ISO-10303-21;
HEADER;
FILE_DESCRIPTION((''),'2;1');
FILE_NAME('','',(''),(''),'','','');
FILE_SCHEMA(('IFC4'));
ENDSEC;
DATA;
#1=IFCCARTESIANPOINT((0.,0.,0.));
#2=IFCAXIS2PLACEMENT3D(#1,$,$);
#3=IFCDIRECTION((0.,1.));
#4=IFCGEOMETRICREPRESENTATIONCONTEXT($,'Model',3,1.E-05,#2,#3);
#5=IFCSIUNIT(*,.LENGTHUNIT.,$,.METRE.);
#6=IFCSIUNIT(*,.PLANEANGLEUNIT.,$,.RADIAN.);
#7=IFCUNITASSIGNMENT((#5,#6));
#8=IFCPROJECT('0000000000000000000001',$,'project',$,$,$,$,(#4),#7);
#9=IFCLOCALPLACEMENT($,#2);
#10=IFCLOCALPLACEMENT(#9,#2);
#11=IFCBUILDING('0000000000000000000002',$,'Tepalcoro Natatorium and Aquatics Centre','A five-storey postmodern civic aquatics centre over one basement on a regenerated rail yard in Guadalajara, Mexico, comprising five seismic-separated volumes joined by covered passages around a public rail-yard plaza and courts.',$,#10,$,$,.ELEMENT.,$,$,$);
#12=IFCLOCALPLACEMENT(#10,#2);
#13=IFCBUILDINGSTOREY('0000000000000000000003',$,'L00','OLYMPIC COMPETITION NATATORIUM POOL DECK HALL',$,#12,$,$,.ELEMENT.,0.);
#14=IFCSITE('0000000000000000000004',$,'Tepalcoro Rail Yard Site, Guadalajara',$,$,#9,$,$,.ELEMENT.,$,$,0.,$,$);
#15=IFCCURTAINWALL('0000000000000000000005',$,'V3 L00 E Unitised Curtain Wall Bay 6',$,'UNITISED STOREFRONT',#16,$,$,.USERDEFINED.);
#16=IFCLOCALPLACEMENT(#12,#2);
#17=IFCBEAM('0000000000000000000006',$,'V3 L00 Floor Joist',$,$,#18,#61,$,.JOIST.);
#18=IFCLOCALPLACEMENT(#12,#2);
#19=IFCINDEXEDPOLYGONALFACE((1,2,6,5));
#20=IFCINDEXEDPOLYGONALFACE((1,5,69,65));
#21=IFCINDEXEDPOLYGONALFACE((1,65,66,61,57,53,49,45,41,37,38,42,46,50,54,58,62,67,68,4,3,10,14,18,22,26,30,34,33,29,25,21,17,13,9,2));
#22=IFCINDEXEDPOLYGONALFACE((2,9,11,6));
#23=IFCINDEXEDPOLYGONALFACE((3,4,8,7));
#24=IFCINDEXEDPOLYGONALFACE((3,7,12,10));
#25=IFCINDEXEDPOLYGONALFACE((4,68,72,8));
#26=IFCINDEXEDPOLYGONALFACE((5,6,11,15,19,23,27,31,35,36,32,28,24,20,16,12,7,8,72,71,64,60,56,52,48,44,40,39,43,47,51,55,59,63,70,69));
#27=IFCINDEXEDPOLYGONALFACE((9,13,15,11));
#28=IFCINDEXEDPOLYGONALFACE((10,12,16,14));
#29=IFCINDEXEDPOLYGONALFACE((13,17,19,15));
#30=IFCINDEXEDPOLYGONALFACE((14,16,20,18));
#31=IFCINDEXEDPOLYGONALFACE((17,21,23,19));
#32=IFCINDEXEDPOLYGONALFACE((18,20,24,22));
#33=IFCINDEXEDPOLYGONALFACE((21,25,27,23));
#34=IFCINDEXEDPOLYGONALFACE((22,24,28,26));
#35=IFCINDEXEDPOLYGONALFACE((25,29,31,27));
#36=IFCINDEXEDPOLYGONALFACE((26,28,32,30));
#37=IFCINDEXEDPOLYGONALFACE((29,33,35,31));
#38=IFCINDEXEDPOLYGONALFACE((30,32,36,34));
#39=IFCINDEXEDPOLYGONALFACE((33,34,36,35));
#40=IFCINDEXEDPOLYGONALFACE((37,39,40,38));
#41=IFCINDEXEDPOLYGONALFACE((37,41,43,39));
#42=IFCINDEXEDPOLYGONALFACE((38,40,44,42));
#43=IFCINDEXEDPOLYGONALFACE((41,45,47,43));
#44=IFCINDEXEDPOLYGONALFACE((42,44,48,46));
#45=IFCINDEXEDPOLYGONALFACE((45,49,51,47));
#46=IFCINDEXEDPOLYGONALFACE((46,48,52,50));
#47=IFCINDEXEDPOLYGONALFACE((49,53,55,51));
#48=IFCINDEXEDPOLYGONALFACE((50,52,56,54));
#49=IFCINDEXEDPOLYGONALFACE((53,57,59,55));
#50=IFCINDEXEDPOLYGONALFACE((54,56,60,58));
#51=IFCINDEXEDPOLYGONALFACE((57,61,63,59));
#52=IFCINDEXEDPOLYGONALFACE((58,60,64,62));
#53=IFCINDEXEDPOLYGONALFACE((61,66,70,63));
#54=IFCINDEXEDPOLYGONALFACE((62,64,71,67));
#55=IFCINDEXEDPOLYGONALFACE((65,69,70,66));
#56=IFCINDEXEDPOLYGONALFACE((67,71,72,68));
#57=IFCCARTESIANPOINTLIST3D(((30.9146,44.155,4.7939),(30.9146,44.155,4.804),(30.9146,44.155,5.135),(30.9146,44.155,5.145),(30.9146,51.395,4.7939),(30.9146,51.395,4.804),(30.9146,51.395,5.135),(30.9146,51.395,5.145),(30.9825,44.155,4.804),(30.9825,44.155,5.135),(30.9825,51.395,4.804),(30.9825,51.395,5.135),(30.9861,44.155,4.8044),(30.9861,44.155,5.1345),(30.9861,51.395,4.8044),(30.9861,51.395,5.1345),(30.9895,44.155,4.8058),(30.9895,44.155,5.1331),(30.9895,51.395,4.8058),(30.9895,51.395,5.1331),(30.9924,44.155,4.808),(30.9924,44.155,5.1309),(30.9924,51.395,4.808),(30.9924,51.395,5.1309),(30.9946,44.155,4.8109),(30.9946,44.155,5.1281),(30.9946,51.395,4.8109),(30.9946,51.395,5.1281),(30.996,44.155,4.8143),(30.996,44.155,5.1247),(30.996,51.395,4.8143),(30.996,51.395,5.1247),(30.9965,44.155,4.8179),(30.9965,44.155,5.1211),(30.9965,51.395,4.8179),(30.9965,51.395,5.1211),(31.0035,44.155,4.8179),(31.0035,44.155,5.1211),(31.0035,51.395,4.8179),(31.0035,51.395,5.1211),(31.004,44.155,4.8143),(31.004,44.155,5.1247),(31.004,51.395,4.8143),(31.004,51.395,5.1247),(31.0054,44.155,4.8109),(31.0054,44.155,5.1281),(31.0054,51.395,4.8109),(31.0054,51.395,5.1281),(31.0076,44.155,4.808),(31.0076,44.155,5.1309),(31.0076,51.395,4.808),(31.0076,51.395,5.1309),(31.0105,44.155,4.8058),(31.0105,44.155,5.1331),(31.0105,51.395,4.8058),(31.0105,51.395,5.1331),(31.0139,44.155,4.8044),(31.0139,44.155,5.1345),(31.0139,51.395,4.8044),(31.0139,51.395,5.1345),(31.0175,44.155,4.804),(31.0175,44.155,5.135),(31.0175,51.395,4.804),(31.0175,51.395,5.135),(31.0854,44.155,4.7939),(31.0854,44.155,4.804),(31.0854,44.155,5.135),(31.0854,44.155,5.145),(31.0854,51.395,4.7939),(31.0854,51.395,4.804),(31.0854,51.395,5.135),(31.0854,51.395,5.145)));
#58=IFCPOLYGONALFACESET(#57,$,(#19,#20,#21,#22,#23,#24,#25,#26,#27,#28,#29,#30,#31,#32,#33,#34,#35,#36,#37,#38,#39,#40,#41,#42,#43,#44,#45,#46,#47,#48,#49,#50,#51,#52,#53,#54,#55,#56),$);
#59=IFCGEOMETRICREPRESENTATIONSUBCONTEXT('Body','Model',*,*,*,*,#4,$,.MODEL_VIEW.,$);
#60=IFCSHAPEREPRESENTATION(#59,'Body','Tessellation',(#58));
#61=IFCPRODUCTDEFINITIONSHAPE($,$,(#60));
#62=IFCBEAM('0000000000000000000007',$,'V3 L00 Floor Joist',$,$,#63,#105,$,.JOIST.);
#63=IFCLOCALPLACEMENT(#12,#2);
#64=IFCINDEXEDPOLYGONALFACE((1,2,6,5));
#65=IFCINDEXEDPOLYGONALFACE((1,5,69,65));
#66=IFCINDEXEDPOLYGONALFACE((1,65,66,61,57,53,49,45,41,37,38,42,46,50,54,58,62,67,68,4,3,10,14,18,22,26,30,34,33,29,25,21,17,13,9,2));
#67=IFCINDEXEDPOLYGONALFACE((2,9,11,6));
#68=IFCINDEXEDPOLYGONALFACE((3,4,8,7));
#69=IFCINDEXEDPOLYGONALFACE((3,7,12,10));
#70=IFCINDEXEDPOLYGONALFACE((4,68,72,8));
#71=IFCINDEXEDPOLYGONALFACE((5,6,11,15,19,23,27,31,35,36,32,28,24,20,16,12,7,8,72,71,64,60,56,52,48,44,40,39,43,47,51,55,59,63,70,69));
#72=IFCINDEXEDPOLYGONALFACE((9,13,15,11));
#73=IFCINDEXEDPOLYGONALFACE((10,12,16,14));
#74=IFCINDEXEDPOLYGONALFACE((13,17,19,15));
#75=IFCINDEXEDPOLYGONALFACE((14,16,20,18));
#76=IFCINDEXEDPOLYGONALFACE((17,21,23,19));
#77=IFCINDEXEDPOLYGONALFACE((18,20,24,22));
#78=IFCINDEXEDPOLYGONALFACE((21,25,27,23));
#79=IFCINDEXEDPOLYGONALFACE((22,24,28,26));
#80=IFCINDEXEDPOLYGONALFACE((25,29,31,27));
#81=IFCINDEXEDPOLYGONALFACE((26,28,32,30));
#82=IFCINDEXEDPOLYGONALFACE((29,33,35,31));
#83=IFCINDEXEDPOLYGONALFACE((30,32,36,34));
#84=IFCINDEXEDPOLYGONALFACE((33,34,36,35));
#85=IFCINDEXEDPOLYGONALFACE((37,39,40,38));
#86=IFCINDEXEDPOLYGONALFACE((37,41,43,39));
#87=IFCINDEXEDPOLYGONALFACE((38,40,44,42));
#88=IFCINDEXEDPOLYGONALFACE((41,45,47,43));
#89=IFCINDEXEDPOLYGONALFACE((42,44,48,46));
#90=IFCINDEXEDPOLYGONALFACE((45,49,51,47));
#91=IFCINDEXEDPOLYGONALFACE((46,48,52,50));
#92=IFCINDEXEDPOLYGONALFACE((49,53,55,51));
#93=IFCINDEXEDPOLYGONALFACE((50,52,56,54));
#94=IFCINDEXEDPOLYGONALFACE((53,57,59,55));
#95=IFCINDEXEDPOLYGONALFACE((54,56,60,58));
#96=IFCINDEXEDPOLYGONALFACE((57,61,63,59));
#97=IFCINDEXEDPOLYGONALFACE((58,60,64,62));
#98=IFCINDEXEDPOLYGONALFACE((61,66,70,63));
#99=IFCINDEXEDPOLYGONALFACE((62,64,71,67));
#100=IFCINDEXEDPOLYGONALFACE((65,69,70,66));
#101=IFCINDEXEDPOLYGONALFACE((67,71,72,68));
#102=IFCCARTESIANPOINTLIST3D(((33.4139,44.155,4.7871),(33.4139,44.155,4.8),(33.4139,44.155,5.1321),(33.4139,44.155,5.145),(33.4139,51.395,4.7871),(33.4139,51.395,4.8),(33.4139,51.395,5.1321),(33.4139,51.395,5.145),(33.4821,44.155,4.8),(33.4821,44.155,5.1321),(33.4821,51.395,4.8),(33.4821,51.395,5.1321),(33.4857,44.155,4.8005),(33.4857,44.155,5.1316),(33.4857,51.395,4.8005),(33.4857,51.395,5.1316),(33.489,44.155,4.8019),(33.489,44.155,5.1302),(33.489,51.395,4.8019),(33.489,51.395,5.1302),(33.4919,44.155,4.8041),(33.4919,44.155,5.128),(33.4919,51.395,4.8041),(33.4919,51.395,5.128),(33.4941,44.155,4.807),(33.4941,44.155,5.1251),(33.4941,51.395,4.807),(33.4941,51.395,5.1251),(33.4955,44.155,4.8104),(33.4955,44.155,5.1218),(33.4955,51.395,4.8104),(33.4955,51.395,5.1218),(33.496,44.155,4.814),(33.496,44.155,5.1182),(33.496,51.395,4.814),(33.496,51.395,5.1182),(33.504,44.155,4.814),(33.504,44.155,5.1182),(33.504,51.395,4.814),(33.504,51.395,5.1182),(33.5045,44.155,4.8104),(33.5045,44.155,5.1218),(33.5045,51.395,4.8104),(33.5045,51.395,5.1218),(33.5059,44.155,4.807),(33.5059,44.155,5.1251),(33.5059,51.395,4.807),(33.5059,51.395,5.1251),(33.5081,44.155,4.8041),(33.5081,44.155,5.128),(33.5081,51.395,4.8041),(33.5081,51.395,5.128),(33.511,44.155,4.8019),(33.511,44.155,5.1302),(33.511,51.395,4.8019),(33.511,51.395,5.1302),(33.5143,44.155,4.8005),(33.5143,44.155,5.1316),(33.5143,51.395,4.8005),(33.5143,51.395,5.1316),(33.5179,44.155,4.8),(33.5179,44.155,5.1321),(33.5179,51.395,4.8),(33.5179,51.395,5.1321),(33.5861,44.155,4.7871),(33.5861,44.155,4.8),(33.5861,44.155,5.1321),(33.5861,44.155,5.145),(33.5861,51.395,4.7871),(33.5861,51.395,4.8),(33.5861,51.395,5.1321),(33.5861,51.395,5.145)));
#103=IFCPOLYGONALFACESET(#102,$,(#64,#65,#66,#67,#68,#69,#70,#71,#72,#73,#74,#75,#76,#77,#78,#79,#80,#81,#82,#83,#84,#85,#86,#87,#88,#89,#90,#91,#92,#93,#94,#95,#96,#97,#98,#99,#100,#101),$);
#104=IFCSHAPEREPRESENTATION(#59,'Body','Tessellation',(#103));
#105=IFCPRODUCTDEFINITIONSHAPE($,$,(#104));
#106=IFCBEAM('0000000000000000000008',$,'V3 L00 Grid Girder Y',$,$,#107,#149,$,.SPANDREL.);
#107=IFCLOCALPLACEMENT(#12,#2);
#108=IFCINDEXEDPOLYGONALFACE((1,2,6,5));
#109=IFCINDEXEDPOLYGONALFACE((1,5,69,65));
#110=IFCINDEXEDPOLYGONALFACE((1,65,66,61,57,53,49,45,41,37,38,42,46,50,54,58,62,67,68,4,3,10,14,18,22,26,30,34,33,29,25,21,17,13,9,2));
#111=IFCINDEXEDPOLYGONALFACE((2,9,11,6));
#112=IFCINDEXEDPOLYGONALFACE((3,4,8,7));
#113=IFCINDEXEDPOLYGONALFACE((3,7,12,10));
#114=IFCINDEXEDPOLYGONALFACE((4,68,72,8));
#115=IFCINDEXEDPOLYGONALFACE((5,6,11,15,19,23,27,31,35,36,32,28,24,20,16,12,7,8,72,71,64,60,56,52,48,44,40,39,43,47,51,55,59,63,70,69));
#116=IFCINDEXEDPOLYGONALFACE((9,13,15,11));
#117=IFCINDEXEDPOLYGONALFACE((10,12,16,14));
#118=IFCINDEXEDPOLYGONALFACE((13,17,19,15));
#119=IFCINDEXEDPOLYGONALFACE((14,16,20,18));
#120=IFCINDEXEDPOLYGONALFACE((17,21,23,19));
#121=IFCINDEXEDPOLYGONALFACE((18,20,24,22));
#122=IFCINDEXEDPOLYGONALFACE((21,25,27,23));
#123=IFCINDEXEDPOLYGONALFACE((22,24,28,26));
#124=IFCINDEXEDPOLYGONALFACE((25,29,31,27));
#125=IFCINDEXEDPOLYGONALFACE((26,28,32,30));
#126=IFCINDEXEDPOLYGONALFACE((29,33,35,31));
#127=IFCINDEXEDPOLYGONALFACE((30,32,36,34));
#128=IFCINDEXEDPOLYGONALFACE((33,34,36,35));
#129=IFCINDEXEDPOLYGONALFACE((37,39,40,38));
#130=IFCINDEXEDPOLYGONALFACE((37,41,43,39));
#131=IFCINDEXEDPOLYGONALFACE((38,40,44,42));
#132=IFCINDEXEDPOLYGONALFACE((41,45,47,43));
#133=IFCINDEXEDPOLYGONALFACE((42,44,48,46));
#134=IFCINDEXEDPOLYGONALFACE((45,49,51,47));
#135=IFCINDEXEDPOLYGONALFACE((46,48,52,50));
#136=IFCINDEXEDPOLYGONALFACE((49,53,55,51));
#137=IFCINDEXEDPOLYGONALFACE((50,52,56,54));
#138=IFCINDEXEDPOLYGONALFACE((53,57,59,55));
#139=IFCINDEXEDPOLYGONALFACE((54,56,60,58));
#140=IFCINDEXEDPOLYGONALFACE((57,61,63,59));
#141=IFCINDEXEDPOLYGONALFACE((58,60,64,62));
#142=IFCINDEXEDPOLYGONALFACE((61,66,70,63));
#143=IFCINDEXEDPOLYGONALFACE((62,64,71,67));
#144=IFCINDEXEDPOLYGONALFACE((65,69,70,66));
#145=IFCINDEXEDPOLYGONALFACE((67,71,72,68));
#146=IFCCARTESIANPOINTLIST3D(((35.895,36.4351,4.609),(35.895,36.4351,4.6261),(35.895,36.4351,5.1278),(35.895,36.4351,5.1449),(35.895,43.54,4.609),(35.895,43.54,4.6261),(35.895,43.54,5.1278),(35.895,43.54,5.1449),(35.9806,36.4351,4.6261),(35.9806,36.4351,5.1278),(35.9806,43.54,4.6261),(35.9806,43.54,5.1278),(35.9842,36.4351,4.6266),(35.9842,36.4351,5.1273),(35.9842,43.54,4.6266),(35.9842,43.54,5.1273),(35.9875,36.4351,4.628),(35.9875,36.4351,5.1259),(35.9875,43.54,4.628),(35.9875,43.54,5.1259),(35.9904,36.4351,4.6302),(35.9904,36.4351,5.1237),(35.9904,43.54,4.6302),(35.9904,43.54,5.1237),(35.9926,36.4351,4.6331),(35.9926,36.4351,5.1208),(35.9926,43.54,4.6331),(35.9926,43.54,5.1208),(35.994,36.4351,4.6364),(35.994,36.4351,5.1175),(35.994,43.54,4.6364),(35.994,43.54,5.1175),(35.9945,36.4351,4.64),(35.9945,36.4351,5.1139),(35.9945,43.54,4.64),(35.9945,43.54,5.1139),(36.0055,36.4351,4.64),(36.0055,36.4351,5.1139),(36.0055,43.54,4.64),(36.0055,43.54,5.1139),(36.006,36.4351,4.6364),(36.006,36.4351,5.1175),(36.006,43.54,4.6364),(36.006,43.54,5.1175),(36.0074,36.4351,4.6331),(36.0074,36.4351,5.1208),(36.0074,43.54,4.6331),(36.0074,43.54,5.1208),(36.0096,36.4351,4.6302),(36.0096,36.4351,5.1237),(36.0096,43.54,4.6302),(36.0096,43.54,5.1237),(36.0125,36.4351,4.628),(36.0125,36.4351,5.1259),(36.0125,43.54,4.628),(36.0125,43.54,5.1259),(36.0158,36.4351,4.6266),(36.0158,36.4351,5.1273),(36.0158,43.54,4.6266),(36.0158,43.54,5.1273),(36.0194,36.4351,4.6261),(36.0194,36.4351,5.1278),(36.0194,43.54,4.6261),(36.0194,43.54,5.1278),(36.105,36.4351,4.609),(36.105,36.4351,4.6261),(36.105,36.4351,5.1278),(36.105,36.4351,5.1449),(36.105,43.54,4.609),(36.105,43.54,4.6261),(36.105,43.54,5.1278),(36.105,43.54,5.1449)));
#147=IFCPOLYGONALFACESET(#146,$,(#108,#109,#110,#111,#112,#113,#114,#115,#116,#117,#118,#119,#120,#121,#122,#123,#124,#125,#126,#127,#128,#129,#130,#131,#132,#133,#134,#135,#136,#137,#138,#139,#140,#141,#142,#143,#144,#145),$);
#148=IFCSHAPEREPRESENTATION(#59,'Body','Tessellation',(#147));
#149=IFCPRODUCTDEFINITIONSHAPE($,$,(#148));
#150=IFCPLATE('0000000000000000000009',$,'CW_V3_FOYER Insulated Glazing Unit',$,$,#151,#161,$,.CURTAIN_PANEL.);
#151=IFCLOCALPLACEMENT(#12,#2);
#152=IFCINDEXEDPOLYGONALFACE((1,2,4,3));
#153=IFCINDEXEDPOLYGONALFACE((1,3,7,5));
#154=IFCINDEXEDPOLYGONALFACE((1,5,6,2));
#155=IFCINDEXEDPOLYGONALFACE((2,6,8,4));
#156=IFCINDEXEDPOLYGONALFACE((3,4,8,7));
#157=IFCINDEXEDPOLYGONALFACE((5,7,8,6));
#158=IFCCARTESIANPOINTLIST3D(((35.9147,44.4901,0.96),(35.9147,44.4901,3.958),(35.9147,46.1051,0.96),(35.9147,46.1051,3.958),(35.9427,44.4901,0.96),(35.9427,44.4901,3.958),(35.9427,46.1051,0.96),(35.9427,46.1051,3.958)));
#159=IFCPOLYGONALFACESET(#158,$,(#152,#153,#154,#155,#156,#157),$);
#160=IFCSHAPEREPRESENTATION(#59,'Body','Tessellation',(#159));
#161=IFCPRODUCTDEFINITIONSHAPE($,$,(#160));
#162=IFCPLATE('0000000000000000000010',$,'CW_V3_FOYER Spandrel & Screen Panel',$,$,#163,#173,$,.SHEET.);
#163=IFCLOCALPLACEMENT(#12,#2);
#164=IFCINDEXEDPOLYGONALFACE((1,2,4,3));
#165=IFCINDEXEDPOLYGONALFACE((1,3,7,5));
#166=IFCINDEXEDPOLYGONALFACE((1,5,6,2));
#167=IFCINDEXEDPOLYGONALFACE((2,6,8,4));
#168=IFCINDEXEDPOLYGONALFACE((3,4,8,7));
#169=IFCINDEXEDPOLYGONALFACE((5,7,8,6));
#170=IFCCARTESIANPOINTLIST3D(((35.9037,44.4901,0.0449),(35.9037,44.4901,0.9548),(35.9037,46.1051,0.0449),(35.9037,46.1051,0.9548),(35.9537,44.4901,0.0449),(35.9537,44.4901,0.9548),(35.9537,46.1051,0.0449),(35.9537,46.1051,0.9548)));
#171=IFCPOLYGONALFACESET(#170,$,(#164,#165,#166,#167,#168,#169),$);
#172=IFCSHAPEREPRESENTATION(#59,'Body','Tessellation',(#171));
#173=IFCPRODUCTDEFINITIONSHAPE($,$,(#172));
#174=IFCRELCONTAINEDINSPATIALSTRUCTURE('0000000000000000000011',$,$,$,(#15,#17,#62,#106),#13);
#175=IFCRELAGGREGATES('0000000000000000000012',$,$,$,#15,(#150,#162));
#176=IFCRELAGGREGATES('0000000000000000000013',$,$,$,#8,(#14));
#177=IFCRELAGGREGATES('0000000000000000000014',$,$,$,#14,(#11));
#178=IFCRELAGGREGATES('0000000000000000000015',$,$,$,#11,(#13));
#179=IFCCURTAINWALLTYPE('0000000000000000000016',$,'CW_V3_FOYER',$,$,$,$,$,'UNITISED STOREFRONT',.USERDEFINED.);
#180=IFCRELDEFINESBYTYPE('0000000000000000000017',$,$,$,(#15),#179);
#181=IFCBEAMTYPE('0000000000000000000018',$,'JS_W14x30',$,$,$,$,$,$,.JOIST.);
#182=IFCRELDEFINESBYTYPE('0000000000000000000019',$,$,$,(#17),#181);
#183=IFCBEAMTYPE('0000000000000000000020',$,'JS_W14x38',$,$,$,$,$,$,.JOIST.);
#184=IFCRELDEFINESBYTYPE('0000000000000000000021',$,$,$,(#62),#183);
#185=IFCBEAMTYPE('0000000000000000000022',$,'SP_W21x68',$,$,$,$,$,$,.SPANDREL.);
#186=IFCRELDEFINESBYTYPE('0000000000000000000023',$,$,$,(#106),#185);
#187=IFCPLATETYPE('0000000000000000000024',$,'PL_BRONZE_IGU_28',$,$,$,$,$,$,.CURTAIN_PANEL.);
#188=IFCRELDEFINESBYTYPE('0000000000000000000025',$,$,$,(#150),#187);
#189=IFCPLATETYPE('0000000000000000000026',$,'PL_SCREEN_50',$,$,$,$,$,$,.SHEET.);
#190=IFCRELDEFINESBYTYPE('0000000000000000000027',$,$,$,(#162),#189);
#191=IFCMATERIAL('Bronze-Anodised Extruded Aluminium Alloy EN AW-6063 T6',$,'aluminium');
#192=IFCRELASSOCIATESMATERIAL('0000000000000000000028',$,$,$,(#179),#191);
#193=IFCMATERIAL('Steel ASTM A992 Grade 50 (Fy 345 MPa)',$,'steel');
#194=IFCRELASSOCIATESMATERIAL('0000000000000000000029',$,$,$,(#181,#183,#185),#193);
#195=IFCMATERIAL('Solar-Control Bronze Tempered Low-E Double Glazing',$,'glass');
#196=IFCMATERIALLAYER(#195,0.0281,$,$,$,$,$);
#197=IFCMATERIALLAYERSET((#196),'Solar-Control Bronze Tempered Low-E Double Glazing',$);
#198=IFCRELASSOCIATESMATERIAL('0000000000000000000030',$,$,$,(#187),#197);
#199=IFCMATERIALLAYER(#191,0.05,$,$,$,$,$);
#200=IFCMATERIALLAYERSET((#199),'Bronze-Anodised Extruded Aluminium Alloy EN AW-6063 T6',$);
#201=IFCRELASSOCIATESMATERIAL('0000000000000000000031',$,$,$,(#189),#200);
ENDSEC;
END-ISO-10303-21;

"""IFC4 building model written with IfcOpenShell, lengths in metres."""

from ifc_helpers import new_model, si_unit, direction, frame, origin, origin_2d, place, context, subcontext, project, spatial, rectangle, i_section, extrude, material, layer, layer_set, material_profile, profile_set, type_object, element, aggregate, save


model = new_model("IFC4")

# Units and contexts
model_context = context("Model", 3, precision=1e-05, world=origin(), true_north=direction((0.0, 1.0)))
body_context = subcontext(model_context, "Body", "Model", "MODEL_VIEW")
ifc_project = project(units=[si_unit("LENGTHUNIT", "METRE"), si_unit("PLANEANGLEUNIT", "RADIAN")], contexts=[model_context])

# Site, building, storey
site_placement = place(None, origin())
site = spatial("IfcSite", under=ifc_project, at=site_placement, Name="Tepalcoro Rail Yard Site, Guadalajara", CompositionType="ELEMENT", RefElevation=0.0)
building_placement = place(site_placement, origin())
building = spatial("IfcBuilding", under=site, at=building_placement, Name="Tepalcoro Natatorium and Aquatics Centre", Description="A five-storey postmodern civic aquatics centre over one basement on a regenerated rail yard in Guadalajara, Mexico, comprising five seismic-separated volumes joined by covered passages around a public rail-yard plaza and courts.", CompositionType="ELEMENT")
storey_placement = place(building_placement, origin())
storey = spatial("IfcBuildingStorey", under=building, at=storey_placement, Name="L00", Description="OLYMPIC COMPETITION NATATORIUM POOL DECK HALL", CompositionType="ELEMENT", Elevation=0.0)

# Shared definitions
ifc_material_1 = material(Name="Steel ASTM A992 Grade 50 (Fy 345 MPa)", Category="steel")

# Curtain wall
ifc_material_2 = material(Name="Bronze-Anodised Extruded Aluminium Alloy EN AW-6063 T6", Category="aluminium")
curtain_wall_type = type_object("IfcCurtainWallType", Name="CW_V3_FOYER", ElementType="UNITISED STOREFRONT", PredefinedType="USERDEFINED", material=ifc_material_2)
curtain_wall_placement = place(storey_placement, origin())
curtain_wall = element("IfcCurtainWall", 1, at=curtain_wall_placement, inside=storey, type_object=curtain_wall_type, Name="V3 L00 E Unitised Curtain Wall Bay 6", ObjectType="UNITISED STOREFRONT", PredefinedType="USERDEFINED")

# Beams
ifc_material_profile_1 = material_profile(ifc_material_1, i_section(OverallWidth=0.1709, OverallDepth=0.3511, WebThickness=0.0071, FlangeThickness=0.01, FilletRadius=0.0139, at=origin_2d()), Name="W14X30")
ifc_profile_set_1 = profile_set([ifc_material_profile_1], Name="Steel ASTM A992 Grade 50 (Fy 345 MPa)")
beam_type_1 = type_object("IfcBeamType", Name="JS_W14x30", PredefinedType="JOIST", material=ifc_profile_set_1)
beam_1_placement = place(storey_placement, frame((31.0, 44.155, 4.9695), z_axis=(0.0, 1.0, 0.0), x_axis=(-1.0, 0.0, 0.0)))
element("IfcBeam", 2, at=beam_1_placement, inside=storey, type_object=beam_type_1, Name="V3 L00 Floor Joist", PredefinedType="JOIST", context=body_context, shape_type="SweptSolid", body=[
    extrude(i_section(OverallWidth=0.1709, OverallDepth=0.3511, WebThickness=0.0071, FlangeThickness=0.01, FilletRadius=0.0139, at=origin_2d()), origin(), (0.0, 0.0, 1.0), 7.24),
])
ifc_material_profile_2 = material_profile(ifc_material_1, i_section(OverallWidth=0.1721, OverallDepth=0.3579, WebThickness=0.0081, FlangeThickness=0.0129, FilletRadius=0.0139, at=origin_2d()), Name="W14X38")
ifc_profile_set_2 = profile_set([ifc_material_profile_2], Name="Steel ASTM A992 Grade 50 (Fy 345 MPa)")
beam_type_2 = type_object("IfcBeamType", Name="JS_W14x38", PredefinedType="JOIST", material=ifc_profile_set_2)
beam_2_placement = place(storey_placement, frame((33.5, 44.155, 4.9661), z_axis=(0.0, 1.0, 0.0), x_axis=(-1.0, 0.0, 0.0)))
element("IfcBeam", 3, at=beam_2_placement, inside=storey, type_object=beam_type_2, Name="V3 L00 Floor Joist", PredefinedType="JOIST", context=body_context, shape_type="SweptSolid", body=[
    extrude(i_section(OverallWidth=0.1721, OverallDepth=0.3579, WebThickness=0.0081, FlangeThickness=0.0129, FilletRadius=0.0139, at=origin_2d()), origin(), (0.0, 0.0, 1.0), 7.24),
])
ifc_material_profile_3 = material_profile(ifc_material_1, i_section(OverallWidth=0.21, OverallDepth=0.5359, WebThickness=0.011, FlangeThickness=0.0171, FilletRadius=0.0139, at=origin_2d()), Name="W21X68")
ifc_profile_set_3 = profile_set([ifc_material_profile_3], Name="Steel ASTM A992 Grade 50 (Fy 345 MPa)")
beam_type_3 = type_object("IfcBeamType", Name="SP_W21x68", PredefinedType="SPANDREL", material=ifc_profile_set_3)
beam_3_placement = place(storey_placement, frame((36.0, 36.4351, 4.877), z_axis=(0.0, 1.0, 0.0), x_axis=(-1.0, 0.0, 0.0)))
element("IfcBeam", 4, at=beam_3_placement, inside=storey, type_object=beam_type_3, Name="V3 L00 Grid Girder Y", PredefinedType="SPANDREL", context=body_context, shape_type="SweptSolid", body=[
    extrude(i_section(OverallWidth=0.21, OverallDepth=0.5359, WebThickness=0.011, FlangeThickness=0.0171, FilletRadius=0.0139, at=origin_2d()), origin(), (0.0, 0.0, 1.0), 7.105),
])

# Plates
ifc_material_3 = material(Name="Solar-Control Bronze Tempered Low-E Double Glazing", Category="glass")
ifc_layer_1 = layer(ifc_material_3, 0.0281)
ifc_layer_set_1 = layer_set([ifc_layer_1], Name="Solar-Control Bronze Tempered Low-E Double Glazing")
plate_type_1 = type_object("IfcPlateType", Name="PL_BRONZE_IGU_28", PredefinedType="CURTAIN_PANEL", material=ifc_layer_set_1)
plate_1_placement = place(storey_placement, frame((35.9287, 45.2976, 0.96), z_axis=(0.0, 0.0, 1.0), x_axis=(1.0, 0.0, 0.0)))
plate_1 = element("IfcPlate", 5, at=plate_1_placement, type_object=plate_type_1, Name="CW_V3_FOYER Insulated Glazing Unit", PredefinedType="CURTAIN_PANEL", context=body_context, shape_type="SweptSolid", body=[
    extrude(rectangle(XDim=0.0281, YDim=1.615, at=origin_2d()), origin(), (0.0, 0.0, 1.0), 2.998),
])
ifc_layer_2 = layer(ifc_material_2, 0.05)
ifc_layer_set_2 = layer_set([ifc_layer_2], Name="Bronze-Anodised Extruded Aluminium Alloy EN AW-6063 T6")
plate_type_2 = type_object("IfcPlateType", Name="PL_SCREEN_50", PredefinedType="SHEET", material=ifc_layer_set_2)
plate_2_placement = place(storey_placement, frame((35.9287, 45.2976, 0.0449), z_axis=(0.0, 0.0, 1.0), x_axis=(1.0, 0.0, 0.0)))
plate_2 = element("IfcPlate", 6, at=plate_2_placement, type_object=plate_type_2, Name="CW_V3_FOYER Spandrel & Screen Panel", PredefinedType="SHEET", context=body_context, shape_type="SweptSolid", body=[
    extrude(rectangle(XDim=0.05, YDim=1.615, at=origin_2d()), origin(), (0.0, 0.0, 1.0), 0.9099),
])
aggregate(curtain_wall, [plate_1, plate_2])

save(model, "model.ifc")
